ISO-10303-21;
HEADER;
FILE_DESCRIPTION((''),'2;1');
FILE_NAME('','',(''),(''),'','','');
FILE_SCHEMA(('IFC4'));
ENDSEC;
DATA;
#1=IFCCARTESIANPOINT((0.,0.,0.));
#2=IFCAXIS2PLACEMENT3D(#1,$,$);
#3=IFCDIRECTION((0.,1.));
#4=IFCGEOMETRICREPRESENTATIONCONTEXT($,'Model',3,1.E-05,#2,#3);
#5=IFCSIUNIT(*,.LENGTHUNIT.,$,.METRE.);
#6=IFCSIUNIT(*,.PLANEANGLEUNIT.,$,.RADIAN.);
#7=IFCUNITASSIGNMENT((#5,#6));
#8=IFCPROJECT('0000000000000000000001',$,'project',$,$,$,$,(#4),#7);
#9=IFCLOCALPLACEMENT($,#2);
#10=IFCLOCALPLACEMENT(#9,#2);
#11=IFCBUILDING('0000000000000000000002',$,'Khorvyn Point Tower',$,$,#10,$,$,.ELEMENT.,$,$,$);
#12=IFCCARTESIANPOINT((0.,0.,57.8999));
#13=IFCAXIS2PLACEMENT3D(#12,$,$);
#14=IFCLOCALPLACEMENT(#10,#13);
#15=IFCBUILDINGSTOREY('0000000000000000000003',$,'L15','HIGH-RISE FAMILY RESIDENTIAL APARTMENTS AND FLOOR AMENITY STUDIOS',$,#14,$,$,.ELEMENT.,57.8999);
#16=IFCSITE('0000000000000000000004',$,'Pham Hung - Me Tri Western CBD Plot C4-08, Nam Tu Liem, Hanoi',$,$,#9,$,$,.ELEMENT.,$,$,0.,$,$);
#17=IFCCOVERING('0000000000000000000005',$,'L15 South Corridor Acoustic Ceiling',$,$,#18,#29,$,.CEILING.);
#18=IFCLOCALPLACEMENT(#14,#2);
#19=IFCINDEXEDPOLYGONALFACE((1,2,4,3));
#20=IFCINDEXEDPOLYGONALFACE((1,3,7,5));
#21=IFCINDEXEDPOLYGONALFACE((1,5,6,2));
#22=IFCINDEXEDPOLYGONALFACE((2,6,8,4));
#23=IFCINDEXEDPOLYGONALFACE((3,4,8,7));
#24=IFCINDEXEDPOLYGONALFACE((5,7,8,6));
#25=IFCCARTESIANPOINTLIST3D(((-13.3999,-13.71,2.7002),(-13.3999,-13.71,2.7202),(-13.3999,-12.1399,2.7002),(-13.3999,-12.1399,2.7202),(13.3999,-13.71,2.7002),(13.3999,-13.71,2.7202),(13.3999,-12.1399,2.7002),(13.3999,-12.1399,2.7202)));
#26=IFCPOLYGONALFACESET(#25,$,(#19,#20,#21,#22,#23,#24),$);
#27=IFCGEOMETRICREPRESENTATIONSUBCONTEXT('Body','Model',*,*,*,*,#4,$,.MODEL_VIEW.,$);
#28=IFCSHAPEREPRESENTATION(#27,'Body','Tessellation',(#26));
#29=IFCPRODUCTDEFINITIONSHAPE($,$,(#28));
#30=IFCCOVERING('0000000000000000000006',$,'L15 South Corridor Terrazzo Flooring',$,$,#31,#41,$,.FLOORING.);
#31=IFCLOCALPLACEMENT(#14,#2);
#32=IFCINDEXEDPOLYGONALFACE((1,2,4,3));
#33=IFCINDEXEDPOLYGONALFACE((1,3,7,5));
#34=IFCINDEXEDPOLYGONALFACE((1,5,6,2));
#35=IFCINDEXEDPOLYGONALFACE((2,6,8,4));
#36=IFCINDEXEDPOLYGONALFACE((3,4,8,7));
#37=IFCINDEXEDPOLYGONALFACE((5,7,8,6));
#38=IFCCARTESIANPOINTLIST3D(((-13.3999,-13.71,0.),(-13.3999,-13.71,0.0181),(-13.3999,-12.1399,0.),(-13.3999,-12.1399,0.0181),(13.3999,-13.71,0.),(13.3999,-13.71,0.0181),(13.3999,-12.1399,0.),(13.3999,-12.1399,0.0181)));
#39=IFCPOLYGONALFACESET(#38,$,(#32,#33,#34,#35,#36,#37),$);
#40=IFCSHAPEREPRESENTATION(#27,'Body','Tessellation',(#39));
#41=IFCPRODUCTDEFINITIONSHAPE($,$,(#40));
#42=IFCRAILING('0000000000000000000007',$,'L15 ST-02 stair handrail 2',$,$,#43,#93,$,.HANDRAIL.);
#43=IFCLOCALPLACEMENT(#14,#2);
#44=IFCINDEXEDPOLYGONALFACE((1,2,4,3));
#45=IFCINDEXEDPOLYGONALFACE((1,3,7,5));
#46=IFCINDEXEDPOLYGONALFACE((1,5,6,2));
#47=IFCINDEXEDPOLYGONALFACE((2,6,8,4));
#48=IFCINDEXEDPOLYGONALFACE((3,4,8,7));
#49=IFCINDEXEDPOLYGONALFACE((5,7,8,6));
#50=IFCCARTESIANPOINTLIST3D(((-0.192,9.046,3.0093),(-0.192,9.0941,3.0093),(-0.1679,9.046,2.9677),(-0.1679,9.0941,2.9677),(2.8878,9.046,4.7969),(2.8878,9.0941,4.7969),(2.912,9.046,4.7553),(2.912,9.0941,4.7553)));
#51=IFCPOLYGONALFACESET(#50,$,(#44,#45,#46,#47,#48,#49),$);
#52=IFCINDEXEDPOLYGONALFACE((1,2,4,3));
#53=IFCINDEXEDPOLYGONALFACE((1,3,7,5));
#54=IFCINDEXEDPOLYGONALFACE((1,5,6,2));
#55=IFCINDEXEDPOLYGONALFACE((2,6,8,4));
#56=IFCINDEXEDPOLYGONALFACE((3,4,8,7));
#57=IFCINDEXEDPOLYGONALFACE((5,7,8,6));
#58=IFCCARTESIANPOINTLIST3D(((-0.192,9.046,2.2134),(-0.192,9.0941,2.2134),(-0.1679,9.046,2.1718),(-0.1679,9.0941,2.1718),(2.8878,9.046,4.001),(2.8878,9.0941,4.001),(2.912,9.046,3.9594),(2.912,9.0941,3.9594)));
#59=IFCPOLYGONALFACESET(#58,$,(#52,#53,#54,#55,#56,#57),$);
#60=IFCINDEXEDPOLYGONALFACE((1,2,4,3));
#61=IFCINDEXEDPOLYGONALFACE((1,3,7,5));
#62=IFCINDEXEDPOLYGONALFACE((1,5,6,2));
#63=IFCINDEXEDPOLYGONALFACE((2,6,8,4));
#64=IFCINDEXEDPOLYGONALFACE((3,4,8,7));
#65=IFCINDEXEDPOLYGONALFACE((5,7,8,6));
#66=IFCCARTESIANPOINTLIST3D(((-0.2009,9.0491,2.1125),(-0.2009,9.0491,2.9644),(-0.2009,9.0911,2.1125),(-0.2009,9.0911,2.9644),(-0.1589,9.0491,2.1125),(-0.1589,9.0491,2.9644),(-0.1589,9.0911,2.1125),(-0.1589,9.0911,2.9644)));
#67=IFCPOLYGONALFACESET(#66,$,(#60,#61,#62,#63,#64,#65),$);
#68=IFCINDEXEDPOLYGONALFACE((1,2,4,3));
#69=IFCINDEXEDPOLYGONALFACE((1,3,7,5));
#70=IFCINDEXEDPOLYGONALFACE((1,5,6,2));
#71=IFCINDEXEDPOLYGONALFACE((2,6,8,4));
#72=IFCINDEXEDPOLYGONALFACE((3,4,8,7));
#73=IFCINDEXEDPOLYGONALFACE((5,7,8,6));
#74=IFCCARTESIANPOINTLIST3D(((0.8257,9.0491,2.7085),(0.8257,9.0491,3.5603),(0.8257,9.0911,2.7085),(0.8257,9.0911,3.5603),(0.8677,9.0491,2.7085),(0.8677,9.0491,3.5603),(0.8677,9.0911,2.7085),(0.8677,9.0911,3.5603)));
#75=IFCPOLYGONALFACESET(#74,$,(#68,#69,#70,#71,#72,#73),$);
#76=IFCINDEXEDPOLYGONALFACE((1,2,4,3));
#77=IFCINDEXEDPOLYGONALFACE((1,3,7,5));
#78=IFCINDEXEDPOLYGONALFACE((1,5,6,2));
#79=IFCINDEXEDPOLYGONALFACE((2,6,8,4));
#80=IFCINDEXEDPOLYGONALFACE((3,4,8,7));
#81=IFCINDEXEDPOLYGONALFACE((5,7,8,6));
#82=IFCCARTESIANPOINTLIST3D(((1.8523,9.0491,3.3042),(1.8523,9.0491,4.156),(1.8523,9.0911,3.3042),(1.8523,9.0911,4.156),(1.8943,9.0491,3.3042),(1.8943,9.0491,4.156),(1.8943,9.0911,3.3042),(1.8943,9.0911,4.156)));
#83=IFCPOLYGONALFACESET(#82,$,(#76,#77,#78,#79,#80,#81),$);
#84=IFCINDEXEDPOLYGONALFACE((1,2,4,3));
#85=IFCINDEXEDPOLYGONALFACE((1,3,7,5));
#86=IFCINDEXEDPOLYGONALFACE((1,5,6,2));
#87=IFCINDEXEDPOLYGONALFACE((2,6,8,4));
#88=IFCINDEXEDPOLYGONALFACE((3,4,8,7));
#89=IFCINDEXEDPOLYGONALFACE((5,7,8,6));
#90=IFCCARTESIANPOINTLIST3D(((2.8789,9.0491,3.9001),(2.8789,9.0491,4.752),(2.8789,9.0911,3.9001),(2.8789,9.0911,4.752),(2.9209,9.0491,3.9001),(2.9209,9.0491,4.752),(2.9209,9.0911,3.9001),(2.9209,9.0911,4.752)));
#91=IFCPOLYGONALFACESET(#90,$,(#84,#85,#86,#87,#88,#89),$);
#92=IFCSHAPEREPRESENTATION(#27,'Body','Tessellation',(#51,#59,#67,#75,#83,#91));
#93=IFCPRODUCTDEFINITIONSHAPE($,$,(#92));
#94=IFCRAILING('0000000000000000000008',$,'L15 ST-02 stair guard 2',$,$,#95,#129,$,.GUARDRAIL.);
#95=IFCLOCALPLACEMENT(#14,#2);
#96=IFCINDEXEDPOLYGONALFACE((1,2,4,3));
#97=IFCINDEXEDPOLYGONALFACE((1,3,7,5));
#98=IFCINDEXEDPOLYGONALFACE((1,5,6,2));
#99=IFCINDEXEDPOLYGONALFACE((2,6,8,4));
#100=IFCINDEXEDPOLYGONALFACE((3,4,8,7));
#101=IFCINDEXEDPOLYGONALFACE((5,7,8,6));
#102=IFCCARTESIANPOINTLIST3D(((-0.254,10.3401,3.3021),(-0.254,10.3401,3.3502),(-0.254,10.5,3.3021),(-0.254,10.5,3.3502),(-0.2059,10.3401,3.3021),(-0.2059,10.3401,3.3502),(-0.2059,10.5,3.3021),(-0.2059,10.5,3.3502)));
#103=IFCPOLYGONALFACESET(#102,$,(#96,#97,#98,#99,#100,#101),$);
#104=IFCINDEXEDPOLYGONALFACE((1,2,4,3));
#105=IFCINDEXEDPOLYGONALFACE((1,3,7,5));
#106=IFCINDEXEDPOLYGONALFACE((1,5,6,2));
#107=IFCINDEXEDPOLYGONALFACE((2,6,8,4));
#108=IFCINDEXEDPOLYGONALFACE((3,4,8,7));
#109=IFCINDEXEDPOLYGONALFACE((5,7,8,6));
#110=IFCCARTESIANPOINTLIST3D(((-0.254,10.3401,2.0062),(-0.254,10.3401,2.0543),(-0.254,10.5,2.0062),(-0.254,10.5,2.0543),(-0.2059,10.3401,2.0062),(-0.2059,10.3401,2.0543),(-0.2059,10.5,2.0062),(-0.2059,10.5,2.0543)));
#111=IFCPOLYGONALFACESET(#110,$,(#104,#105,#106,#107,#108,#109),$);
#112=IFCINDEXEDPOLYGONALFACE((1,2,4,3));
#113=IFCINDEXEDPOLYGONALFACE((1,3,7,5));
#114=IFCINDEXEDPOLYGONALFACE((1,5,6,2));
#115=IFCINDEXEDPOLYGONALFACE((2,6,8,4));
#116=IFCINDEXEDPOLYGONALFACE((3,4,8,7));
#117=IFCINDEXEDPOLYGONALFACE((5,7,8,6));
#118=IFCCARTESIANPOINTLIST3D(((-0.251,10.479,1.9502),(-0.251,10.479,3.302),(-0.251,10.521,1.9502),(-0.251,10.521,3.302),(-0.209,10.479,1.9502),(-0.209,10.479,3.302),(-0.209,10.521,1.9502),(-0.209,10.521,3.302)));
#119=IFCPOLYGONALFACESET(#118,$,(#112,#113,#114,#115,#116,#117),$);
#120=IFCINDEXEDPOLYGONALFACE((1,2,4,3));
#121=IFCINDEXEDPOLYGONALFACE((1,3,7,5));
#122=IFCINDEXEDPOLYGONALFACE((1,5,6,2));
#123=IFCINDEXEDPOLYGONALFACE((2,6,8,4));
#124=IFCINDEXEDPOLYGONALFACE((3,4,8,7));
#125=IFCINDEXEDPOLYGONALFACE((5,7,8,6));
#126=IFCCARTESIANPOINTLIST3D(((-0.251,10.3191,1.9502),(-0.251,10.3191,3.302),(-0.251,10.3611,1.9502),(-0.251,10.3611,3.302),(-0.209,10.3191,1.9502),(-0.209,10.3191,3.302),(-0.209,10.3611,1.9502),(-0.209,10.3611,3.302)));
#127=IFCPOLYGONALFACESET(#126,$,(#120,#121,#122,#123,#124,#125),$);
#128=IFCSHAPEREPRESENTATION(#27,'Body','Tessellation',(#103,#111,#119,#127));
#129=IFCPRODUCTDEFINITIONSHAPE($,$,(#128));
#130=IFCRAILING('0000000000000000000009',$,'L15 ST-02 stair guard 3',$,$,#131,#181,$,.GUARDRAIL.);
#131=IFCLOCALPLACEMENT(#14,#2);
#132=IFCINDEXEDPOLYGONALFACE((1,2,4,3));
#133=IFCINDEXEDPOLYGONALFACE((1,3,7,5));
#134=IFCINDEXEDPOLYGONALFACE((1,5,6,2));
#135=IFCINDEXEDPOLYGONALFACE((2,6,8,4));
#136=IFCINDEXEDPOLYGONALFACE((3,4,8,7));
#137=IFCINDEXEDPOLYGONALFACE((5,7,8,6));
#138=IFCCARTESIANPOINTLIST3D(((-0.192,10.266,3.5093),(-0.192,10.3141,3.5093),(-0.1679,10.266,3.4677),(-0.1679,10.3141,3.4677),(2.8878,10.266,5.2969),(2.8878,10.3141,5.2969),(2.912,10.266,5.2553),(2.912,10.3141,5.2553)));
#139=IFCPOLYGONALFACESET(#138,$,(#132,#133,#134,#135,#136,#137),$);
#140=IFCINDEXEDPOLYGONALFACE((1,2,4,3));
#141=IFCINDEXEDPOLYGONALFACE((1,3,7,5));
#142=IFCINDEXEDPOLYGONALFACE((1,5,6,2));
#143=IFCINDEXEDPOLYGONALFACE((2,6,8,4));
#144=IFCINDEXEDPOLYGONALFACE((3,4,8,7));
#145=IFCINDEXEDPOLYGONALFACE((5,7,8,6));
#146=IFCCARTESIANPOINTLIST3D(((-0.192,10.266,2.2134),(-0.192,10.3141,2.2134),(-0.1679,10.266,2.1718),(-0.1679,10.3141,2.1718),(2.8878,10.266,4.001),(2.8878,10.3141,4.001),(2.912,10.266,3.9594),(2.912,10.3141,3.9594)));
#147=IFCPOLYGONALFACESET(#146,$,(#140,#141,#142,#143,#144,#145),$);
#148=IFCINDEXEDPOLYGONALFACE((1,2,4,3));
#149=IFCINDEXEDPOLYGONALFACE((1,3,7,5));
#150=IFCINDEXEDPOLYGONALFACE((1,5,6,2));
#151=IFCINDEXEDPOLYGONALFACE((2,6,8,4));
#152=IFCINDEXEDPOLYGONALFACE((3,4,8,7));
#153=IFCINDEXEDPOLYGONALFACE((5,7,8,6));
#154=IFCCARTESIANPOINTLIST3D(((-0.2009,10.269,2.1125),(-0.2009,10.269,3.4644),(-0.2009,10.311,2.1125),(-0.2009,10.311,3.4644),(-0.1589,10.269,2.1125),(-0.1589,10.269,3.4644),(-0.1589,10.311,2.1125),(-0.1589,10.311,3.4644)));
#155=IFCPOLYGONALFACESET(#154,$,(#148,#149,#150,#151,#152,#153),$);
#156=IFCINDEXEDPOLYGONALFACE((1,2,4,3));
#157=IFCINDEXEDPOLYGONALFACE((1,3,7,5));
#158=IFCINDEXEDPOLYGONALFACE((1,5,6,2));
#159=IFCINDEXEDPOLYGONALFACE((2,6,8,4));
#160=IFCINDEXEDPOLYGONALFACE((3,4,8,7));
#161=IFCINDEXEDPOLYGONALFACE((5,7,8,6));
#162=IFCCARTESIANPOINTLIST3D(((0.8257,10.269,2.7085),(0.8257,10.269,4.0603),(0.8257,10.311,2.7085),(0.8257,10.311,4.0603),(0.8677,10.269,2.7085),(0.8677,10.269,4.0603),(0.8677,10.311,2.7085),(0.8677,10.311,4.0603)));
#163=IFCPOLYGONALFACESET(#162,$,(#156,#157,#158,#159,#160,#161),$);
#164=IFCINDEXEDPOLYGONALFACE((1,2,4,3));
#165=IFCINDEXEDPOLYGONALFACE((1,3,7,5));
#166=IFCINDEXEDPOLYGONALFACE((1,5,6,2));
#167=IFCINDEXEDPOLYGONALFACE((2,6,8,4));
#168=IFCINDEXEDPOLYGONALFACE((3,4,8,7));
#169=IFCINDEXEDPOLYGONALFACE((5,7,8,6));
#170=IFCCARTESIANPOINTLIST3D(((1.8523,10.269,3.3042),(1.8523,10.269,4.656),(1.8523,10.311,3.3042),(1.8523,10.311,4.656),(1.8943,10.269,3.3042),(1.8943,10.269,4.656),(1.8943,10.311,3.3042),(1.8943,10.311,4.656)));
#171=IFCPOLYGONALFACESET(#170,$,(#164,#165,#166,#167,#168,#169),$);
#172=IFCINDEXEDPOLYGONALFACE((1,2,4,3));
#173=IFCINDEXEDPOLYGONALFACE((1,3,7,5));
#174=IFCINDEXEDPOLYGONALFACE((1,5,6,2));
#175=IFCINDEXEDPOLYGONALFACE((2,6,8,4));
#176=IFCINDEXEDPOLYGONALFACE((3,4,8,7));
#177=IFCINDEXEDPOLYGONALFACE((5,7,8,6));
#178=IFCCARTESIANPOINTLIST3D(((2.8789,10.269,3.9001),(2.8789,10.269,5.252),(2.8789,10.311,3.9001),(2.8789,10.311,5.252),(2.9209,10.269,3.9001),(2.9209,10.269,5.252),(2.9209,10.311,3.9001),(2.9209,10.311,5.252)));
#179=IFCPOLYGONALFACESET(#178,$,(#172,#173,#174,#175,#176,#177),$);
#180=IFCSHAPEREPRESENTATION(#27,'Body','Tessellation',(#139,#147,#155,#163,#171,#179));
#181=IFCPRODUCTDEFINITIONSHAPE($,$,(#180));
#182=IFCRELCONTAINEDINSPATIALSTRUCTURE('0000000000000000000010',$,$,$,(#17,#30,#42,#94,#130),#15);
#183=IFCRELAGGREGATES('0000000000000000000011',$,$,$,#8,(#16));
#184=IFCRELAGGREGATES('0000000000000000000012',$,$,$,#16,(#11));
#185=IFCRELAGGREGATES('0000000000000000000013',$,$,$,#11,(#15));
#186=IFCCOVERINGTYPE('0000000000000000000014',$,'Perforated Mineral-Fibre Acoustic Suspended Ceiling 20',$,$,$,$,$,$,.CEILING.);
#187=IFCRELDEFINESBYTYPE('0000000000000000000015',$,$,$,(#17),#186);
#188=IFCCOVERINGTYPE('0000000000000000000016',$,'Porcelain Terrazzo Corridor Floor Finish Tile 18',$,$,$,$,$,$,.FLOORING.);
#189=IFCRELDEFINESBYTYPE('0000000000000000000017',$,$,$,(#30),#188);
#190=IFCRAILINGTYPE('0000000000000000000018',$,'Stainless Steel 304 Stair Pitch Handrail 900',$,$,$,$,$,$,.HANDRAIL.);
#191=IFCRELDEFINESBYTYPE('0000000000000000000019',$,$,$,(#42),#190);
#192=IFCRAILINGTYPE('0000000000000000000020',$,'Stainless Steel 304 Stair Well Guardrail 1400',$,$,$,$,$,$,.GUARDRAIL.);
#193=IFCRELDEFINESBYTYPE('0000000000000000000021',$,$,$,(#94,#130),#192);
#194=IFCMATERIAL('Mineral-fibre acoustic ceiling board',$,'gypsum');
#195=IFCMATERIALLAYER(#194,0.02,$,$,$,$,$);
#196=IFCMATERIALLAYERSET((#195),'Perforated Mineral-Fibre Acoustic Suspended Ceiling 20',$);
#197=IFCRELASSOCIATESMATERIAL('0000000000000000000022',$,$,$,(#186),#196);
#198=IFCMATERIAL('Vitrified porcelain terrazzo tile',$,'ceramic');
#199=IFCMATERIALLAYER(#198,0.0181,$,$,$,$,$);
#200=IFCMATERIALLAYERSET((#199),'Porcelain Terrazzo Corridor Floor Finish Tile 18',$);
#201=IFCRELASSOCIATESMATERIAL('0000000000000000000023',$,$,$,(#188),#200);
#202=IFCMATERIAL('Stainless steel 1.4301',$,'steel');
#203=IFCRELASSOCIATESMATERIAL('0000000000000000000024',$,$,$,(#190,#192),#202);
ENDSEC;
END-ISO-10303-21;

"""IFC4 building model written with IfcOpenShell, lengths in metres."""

from ifc_helpers import new_model, si_unit, direction, frame, origin, origin_2d, place, context, subcontext, project, spatial, polyline, rectangle, outline, extrude, material, layer, layer_set, type_object, element, save


model = new_model("IFC4")

# Units and contexts
model_context = context("Model", 3, precision=1e-05, world=origin(), true_north=direction((0.0, 1.0)))
body_context = subcontext(model_context, "Body", "Model", "MODEL_VIEW")
ifc_project = project(units=[si_unit("LENGTHUNIT", "METRE"), si_unit("PLANEANGLEUNIT", "RADIAN")], contexts=[model_context])

# Site, building, storey
site_placement = place(None, origin())
site = spatial("IfcSite", under=ifc_project, at=site_placement, Name="Pham Hung - Me Tri Western CBD Plot C4-08, Nam Tu Liem, Hanoi", CompositionType="ELEMENT", RefElevation=0.0)
building_placement = place(site_placement, origin())
building = spatial("IfcBuilding", under=site, at=building_placement, Name="Khorvyn Point Tower", CompositionType="ELEMENT")
storey_placement = place(building_placement, frame((0.0, 0.0, 57.8999)))
storey = spatial("IfcBuildingStorey", under=building, at=storey_placement, Name="L15", Description="HIGH-RISE FAMILY RESIDENTIAL APARTMENTS AND FLOOR AMENITY STUDIOS", CompositionType="ELEMENT", Elevation=57.8999)

# Shared definitions
ifc_material_1 = material(Name="Stainless steel 1.4301", Category="steel")

# Coverings
ifc_material_2 = material(Name="Mineral-fibre acoustic ceiling board", Category="gypsum")
ifc_layer_1 = layer(ifc_material_2, 0.02)
ifc_layer_set_1 = layer_set([ifc_layer_1], Name="Perforated Mineral-Fibre Acoustic Suspended Ceiling 20")
covering_type_1 = type_object("IfcCoveringType", Name="Perforated Mineral-Fibre Acoustic Suspended Ceiling 20", PredefinedType="CEILING", material=ifc_layer_set_1)
covering_1_placement = place(storey_placement, frame((0.0, 0.0, 2.7002)))
element("IfcCovering", 1, at=covering_1_placement, inside=storey, type_object=covering_type_1, Name="L15 South Corridor Acoustic Ceiling", PredefinedType="CEILING", context=body_context, shape_type="SweptSolid", body=[
    extrude(outline(polyline([(-13.3999, -13.71), (13.3999, -13.71), (13.3999, -12.1399), (-13.3999, -12.1399), (-13.3999, -13.71)])), origin(), (0.0, 0.0, 1.0), 0.02),
])
ifc_material_3 = material(Name="Vitrified porcelain terrazzo tile", Category="ceramic")
ifc_layer_2 = layer(ifc_material_3, 0.0181)
ifc_layer_set_2 = layer_set([ifc_layer_2], Name="Porcelain Terrazzo Corridor Floor Finish Tile 18")
covering_type_2 = type_object("IfcCoveringType", Name="Porcelain Terrazzo Corridor Floor Finish Tile 18", PredefinedType="FLOORING", material=ifc_layer_set_2)
covering_2_placement = place(storey_placement, origin())
element("IfcCovering", 2, at=covering_2_placement, inside=storey, type_object=covering_type_2, Name="L15 South Corridor Terrazzo Flooring", PredefinedType="FLOORING", context=body_context, shape_type="SweptSolid", body=[
    extrude(outline(polyline([(-13.3999, -13.71), (13.3999, -13.71), (13.3999, -12.1399), (-13.3999, -12.1399), (-13.3999, -13.71)])), origin(), (0.0, 0.0, 1.0), 0.0181),
])

# Railings
railing_type_1 = type_object("IfcRailingType", Name="Stainless Steel 304 Stair Pitch Handrail 900", PredefinedType="HANDRAIL", material=ifc_material_1)
railing_1_placement = place(storey_placement, frame((-0.1799, 9.0701, 2.1125)))
element("IfcRailing", 3, at=railing_1_placement, inside=storey, type_object=railing_type_1, Name="L15 ST-02 stair handrail 2", PredefinedType="HANDRAIL", context=body_context, shape_type="SweptSolid", body=[
    extrude(rectangle(XDim=0.0481, YDim=0.0481, at=origin_2d()), frame((0.0, 0.0, 0.876), z_axis=(0.864873, 0.0, 0.50199), x_axis=(0.0, 1.0, 0.0)), (0.0, 0.0, 1.0), 3.561),
    extrude(rectangle(XDim=0.0481, YDim=0.0481, at=origin_2d()), frame((0.0, 0.0, 0.0801), z_axis=(0.864873, 0.0, 0.50199), x_axis=(0.0, 1.0, 0.0)), (0.0, 0.0, 1.0), 3.561),
    extrude(rectangle(XDim=0.042, YDim=0.042, at=origin_2d()), origin(), (0.0, 0.0, 1.0), 0.8518),
    extrude(rectangle(XDim=0.042, YDim=0.042, at=origin_2d()), frame((1.0266, 0.0, 0.5959)), (0.0, 0.0, 1.0), 0.8518),
    extrude(rectangle(XDim=0.042, YDim=0.042, at=origin_2d()), frame((2.0532, 0.0, 1.1917)), (0.0, 0.0, 1.0), 0.8518),
    extrude(rectangle(XDim=0.042, YDim=0.042, at=origin_2d()), frame((3.0798, 0.0, 1.7876)), (0.0, 0.0, 1.0), 0.8518),
])
railing_type_2 = type_object("IfcRailingType", Name="Stainless Steel 304 Stair Well Guardrail 1400", PredefinedType="GUARDRAIL", material=ifc_material_1)
railing_2_placement = place(storey_placement, frame((-0.23, 10.5, 1.9502)))
element("IfcRailing", 4, at=railing_2_placement, inside=storey, type_object=railing_type_2, Name="L15 ST-02 stair guard 2", PredefinedType="GUARDRAIL", context=body_context, shape_type="SweptSolid", body=[
    extrude(rectangle(XDim=0.0481, YDim=0.0481, at=origin_2d()), frame((0.0, 0.0, 1.376), z_axis=(0.0, -1.0, 0.0), x_axis=(1.0, 0.0, 0.0)), (0.0, 0.0, 1.0), 0.1599),
    extrude(rectangle(XDim=0.0481, YDim=0.0481, at=origin_2d()), frame((0.0, 0.0, 0.0801), z_axis=(0.0, -1.0, 0.0), x_axis=(1.0, 0.0, 0.0)), (0.0, 0.0, 1.0), 0.1599),
    extrude(rectangle(XDim=0.042, YDim=0.042, at=origin_2d()), origin(), (0.0, 0.0, 1.0), 1.3518),
    extrude(rectangle(XDim=0.042, YDim=0.042, at=origin_2d()), frame((0.0, -0.1599, 0.0)), (0.0, 0.0, 1.0), 1.3518),
])
railing_3_placement = place(storey_placement, frame((-0.1799, 10.29, 2.1125)))
element("IfcRailing", 5, at=railing_3_placement, inside=storey, type_object=railing_type_2, Name="L15 ST-02 stair guard 3", PredefinedType="GUARDRAIL", context=body_context, shape_type="SweptSolid", body=[
    extrude(rectangle(XDim=0.0481, YDim=0.0481, at=origin_2d()), frame((0.0, 0.0, 1.376), z_axis=(0.864873, 0.0, 0.50199), x_axis=(0.0, 1.0, 0.0)), (0.0, 0.0, 1.0), 3.561),
    extrude(rectangle(XDim=0.0481, YDim=0.0481, at=origin_2d()), frame((0.0, 0.0, 0.0801), z_axis=(0.864873, 0.0, 0.50199), x_axis=(0.0, 1.0, 0.0)), (0.0, 0.0, 1.0), 3.561),
    extrude(rectangle(XDim=0.042, YDim=0.042, at=origin_2d()), origin(), (0.0, 0.0, 1.0), 1.3518),
    extrude(rectangle(XDim=0.042, YDim=0.042, at=origin_2d()), frame((1.0266, 0.0, 0.5959)), (0.0, 0.0, 1.0), 1.3518),
    extrude(rectangle(XDim=0.042, YDim=0.042, at=origin_2d()), frame((2.0532, 0.0, 1.1917)), (0.0, 0.0, 1.0), 1.3518),
    extrude(rectangle(XDim=0.042, YDim=0.042, at=origin_2d()), frame((3.0798, 0.0, 1.7876)), (0.0, 0.0, 1.0), 1.3518),
])

save(model, "model.ifc")
